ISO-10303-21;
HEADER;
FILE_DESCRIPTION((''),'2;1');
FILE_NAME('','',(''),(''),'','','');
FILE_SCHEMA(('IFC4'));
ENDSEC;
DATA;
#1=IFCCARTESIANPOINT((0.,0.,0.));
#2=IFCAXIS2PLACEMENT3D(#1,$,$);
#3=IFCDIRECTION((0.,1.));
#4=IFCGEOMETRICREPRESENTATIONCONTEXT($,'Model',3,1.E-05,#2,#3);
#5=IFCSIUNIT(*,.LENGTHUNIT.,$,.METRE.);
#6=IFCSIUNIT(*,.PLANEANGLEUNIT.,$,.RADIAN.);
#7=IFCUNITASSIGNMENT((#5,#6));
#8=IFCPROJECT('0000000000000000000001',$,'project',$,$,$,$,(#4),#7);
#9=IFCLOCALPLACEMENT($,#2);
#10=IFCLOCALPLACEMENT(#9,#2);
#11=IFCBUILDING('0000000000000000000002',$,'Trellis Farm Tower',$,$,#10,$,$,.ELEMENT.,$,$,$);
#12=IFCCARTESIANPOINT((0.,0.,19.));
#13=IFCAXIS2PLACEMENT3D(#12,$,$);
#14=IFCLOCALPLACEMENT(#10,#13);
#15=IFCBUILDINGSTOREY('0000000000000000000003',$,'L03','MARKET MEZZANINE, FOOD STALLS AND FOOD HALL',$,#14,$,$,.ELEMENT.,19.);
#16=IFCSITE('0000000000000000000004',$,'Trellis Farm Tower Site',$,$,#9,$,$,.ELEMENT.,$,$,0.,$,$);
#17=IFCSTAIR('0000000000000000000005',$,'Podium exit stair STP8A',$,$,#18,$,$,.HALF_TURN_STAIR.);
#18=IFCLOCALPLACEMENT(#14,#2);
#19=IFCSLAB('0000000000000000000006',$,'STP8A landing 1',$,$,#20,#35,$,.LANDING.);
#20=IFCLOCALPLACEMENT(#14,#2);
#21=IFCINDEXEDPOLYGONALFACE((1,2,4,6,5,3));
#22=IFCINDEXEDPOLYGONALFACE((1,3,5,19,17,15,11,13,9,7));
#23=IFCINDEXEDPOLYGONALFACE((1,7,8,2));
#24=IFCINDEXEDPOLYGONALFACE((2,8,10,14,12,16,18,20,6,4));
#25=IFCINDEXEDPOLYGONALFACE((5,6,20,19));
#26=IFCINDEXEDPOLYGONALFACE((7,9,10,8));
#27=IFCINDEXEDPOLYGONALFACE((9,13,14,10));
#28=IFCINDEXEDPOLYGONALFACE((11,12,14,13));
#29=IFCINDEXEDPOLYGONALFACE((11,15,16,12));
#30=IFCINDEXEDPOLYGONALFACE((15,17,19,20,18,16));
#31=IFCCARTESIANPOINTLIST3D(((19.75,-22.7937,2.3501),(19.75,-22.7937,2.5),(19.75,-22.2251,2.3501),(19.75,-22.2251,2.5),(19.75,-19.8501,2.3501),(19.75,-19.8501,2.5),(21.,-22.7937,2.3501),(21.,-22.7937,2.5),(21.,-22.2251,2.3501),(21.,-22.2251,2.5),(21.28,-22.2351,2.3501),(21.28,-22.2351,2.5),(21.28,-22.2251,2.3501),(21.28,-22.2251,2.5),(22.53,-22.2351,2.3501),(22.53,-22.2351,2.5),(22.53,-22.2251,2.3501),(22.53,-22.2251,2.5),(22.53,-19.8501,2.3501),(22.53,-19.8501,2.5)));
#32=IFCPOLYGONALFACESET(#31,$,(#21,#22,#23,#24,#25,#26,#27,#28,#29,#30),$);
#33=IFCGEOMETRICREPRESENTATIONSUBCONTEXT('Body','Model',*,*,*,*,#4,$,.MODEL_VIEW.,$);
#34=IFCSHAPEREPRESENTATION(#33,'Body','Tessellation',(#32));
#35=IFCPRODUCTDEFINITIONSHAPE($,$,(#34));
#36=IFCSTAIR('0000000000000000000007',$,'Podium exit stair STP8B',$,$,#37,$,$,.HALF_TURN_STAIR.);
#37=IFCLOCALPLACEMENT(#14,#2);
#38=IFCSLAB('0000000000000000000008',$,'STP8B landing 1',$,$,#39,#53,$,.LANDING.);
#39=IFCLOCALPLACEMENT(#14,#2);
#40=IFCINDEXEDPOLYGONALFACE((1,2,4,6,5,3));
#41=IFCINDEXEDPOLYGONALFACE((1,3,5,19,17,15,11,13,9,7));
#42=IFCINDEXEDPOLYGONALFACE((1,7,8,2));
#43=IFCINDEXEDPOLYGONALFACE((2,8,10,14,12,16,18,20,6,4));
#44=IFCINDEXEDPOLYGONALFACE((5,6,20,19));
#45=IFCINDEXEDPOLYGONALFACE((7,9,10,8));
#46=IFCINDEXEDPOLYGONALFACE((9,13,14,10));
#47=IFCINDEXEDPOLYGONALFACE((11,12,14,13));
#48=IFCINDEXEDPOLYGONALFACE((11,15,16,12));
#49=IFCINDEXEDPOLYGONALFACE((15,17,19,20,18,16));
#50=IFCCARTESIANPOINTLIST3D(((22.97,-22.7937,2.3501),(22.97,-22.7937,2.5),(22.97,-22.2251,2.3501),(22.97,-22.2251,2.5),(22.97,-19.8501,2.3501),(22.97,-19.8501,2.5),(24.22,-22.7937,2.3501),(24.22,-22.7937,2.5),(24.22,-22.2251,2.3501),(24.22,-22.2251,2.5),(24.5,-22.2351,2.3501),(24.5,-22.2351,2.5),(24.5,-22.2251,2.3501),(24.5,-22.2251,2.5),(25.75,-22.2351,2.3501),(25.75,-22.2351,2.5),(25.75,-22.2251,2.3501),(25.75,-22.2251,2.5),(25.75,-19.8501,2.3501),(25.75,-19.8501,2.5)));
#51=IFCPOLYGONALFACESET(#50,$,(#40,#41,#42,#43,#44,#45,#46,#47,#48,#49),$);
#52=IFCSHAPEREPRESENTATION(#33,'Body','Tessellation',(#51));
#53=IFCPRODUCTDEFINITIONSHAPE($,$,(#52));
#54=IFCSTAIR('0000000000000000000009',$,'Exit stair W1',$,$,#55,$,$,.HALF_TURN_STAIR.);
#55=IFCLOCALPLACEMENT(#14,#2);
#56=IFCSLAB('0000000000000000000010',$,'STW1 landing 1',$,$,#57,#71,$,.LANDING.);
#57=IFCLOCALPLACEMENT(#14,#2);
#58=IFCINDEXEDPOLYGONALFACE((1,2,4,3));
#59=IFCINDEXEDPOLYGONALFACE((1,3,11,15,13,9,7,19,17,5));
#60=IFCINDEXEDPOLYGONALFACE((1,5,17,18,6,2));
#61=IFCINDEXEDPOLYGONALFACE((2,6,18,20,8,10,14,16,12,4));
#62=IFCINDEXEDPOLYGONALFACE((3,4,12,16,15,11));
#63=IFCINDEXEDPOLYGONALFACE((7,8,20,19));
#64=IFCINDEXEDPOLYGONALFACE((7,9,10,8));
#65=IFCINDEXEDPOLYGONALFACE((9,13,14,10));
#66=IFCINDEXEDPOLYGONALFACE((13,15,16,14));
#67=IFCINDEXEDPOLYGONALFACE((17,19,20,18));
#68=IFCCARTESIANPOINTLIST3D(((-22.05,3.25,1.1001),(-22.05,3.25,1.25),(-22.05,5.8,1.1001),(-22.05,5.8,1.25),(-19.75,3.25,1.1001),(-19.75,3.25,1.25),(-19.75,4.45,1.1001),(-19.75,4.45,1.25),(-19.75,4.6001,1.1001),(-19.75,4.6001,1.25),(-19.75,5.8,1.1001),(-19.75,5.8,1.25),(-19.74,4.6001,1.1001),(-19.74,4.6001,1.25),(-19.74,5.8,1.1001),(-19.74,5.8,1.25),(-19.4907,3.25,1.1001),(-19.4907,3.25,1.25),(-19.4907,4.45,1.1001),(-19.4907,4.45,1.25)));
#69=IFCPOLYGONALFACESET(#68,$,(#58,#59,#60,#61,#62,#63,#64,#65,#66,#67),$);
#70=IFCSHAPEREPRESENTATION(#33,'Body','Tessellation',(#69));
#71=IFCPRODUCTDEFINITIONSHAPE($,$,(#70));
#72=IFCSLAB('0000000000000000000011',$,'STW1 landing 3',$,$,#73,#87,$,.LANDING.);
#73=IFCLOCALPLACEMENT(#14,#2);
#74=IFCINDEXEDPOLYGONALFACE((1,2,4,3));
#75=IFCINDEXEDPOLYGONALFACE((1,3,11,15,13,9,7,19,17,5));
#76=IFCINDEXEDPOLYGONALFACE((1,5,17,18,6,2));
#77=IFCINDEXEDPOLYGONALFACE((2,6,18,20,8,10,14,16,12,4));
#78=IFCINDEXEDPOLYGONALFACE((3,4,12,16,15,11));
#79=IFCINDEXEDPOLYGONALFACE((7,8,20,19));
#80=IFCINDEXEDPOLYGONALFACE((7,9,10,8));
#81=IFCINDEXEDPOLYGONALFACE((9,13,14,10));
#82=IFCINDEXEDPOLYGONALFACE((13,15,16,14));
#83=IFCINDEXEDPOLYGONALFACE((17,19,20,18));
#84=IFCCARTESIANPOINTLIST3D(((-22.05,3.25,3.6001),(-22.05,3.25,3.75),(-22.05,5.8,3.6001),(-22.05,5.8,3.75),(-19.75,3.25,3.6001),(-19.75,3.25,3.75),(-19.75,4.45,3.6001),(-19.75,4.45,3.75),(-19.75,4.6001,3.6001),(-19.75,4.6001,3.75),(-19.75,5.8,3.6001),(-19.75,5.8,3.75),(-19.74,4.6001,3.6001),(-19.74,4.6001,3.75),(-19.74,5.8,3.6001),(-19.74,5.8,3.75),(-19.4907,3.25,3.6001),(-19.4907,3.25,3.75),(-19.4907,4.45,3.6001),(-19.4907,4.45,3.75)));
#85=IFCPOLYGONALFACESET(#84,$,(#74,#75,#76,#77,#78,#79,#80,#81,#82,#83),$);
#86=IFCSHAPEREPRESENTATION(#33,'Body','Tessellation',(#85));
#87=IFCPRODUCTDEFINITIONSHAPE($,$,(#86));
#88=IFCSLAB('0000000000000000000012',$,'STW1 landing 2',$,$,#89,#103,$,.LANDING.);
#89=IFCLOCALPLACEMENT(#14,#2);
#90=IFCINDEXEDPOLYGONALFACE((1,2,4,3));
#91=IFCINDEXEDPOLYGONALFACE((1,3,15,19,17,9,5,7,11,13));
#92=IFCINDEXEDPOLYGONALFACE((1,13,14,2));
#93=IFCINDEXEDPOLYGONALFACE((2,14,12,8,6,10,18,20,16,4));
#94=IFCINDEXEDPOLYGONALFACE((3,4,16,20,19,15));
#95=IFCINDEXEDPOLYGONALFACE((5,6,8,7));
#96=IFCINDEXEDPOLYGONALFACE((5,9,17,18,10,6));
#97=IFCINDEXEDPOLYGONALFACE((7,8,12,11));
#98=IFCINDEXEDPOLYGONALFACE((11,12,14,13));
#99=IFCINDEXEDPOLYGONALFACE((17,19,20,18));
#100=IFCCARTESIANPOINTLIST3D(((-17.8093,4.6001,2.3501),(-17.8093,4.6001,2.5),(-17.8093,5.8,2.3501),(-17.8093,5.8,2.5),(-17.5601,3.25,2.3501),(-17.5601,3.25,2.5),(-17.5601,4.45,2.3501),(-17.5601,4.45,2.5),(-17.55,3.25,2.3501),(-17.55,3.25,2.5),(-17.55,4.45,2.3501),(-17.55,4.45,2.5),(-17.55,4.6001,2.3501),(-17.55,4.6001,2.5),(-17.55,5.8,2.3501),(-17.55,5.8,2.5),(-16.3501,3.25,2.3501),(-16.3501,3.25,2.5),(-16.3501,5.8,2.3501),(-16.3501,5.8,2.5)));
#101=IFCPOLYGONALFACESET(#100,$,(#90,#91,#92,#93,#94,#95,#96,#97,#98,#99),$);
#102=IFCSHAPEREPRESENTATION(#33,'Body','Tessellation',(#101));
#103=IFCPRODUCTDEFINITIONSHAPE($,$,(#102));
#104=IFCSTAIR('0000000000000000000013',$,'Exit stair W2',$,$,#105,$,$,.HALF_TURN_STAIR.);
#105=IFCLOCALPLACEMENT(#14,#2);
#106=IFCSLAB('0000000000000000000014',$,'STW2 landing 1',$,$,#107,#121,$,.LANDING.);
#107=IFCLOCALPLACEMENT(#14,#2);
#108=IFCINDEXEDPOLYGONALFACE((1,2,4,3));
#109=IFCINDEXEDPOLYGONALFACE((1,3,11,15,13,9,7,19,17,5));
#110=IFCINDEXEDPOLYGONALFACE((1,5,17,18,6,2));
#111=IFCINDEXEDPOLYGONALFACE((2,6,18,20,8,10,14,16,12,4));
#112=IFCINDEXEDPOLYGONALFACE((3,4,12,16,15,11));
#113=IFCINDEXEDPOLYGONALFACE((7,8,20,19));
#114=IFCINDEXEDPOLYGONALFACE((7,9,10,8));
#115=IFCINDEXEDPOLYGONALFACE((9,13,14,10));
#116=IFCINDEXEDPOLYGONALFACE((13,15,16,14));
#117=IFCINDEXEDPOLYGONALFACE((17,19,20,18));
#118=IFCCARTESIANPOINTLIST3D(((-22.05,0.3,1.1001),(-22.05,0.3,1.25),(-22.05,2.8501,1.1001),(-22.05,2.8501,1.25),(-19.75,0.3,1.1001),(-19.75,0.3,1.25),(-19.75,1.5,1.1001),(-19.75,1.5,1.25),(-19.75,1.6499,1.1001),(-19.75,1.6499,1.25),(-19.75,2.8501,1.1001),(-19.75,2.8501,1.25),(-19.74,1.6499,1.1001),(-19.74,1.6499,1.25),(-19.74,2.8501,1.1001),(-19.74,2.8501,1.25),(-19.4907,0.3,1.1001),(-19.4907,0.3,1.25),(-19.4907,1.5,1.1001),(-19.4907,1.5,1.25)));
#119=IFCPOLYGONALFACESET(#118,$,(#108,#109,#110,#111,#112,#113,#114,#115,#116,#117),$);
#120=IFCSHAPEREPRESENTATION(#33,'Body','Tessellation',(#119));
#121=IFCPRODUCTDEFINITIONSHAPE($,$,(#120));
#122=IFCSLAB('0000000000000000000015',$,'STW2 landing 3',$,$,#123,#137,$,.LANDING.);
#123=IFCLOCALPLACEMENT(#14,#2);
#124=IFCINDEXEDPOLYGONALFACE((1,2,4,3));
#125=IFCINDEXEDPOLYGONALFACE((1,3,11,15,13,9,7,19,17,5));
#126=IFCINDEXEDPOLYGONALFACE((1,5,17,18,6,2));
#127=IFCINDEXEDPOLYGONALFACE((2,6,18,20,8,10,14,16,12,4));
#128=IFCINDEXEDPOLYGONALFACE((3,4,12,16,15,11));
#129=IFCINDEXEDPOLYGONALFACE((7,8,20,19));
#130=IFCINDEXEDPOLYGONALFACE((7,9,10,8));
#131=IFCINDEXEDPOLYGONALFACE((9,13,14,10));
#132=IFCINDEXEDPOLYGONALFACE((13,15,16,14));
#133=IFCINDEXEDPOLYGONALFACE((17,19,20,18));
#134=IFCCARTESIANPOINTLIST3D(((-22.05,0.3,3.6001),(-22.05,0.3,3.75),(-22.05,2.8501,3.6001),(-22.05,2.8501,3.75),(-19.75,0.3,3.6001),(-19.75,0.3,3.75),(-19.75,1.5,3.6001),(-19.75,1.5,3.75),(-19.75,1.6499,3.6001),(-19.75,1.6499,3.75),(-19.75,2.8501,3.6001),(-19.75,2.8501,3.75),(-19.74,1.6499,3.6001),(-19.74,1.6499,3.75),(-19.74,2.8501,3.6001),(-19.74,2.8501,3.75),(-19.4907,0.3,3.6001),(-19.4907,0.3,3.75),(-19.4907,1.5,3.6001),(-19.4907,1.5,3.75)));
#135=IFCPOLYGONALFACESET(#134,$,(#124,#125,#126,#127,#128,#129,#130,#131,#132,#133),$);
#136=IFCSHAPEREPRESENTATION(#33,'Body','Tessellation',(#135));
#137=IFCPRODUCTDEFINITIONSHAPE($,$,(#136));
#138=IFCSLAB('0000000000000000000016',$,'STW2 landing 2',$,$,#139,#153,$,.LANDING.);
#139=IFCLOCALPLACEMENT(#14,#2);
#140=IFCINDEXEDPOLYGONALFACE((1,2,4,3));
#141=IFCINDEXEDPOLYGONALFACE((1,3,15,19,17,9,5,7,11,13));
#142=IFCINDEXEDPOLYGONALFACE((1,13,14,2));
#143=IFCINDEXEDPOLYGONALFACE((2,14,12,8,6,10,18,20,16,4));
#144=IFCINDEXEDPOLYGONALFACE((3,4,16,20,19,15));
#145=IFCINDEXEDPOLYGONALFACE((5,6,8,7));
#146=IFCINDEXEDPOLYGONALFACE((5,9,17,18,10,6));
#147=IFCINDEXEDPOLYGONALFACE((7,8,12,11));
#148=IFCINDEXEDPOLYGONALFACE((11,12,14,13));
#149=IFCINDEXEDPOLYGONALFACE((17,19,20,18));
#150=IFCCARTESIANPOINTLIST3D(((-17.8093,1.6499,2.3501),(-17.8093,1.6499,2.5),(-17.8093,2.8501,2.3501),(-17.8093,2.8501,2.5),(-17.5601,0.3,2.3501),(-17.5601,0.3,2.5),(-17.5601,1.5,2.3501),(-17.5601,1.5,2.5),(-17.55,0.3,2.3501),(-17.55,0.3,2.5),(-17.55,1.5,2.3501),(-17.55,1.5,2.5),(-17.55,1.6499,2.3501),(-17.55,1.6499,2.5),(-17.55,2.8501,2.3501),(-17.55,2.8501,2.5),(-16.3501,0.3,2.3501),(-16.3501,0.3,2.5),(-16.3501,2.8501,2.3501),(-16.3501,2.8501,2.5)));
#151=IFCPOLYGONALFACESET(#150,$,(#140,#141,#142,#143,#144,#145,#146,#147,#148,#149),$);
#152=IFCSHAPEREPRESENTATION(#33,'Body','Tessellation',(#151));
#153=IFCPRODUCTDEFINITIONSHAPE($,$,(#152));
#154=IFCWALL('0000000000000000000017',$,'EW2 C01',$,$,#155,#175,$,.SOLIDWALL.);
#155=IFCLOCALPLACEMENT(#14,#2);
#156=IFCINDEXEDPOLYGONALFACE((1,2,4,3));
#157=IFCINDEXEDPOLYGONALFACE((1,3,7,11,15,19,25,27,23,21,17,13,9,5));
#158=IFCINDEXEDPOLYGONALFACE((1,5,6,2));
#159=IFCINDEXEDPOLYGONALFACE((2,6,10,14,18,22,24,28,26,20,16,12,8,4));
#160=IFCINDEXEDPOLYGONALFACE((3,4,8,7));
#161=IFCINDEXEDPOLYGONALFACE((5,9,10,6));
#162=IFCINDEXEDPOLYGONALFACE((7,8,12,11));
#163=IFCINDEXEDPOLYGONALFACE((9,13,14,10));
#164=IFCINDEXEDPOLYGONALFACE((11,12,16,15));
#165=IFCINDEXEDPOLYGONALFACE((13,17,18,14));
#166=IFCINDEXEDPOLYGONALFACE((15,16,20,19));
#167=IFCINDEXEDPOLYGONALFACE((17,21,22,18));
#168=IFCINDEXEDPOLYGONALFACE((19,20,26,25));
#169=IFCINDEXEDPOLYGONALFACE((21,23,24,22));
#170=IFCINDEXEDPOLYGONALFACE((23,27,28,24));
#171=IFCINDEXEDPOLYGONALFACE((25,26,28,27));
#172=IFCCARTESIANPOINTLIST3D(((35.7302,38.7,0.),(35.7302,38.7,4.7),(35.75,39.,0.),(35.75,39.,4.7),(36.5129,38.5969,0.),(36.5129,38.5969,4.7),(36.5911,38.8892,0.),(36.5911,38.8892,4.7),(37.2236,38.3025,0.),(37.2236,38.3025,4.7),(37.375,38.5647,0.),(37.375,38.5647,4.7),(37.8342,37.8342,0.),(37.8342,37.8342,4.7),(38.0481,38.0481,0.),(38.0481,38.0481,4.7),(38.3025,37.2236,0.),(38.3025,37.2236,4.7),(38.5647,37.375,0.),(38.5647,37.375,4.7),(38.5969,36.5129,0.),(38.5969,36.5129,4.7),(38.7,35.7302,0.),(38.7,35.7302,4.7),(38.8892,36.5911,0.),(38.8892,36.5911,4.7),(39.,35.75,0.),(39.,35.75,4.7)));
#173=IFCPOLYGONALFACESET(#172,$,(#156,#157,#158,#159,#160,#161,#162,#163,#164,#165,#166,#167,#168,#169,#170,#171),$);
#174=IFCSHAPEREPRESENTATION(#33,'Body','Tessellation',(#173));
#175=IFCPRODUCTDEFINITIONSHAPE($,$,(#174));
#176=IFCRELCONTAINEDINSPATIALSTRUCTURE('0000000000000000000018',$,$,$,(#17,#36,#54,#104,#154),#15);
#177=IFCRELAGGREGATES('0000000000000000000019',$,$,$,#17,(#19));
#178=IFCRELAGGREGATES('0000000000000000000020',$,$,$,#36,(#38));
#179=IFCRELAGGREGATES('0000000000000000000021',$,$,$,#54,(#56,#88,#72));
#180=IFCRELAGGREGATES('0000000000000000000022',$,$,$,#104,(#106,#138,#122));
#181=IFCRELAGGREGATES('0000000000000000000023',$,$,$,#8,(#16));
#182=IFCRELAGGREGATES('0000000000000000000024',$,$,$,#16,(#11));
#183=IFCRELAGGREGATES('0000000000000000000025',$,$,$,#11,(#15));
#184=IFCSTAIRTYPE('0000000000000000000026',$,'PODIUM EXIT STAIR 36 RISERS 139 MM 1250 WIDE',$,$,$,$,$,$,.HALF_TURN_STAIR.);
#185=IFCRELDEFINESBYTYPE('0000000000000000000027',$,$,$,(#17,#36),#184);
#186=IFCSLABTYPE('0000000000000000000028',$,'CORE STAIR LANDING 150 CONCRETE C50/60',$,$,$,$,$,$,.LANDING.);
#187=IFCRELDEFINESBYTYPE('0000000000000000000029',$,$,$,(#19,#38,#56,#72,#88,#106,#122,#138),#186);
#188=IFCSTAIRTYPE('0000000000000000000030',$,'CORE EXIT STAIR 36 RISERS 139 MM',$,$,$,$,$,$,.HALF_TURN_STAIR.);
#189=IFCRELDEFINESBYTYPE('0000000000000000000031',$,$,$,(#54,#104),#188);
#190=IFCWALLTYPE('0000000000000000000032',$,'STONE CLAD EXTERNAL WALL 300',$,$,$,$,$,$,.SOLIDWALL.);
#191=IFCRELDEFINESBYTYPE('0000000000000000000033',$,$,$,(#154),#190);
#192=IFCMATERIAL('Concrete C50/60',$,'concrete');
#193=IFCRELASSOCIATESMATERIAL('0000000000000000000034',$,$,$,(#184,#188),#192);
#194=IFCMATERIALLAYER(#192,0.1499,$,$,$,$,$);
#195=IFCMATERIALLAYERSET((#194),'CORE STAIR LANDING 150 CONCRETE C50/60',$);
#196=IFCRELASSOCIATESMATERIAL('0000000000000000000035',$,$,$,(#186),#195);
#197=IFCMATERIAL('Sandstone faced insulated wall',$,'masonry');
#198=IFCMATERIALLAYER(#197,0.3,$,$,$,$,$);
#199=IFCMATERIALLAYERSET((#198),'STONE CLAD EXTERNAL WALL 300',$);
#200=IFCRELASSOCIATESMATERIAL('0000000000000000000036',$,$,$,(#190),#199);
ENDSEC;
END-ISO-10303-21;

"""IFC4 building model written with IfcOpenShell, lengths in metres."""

from ifc_helpers import new_model, si_unit, direction, frame, origin, place, context, subcontext, project, spatial, polyline, outline, extrude, source, transform, mapped, material, layer, layer_set, type_object, element, aggregate, save


model = new_model("IFC4")

# Units and contexts
model_context = context("Model", 3, precision=1e-05, world=origin(), true_north=direction((0.0, 1.0)))
body_context = subcontext(model_context, "Body", "Model", "MODEL_VIEW")
ifc_project = project(units=[si_unit("LENGTHUNIT", "METRE"), si_unit("PLANEANGLEUNIT", "RADIAN")], contexts=[model_context])

# Site, building, storey
site_placement = place(None, origin())
site = spatial("IfcSite", under=ifc_project, at=site_placement, Name="Trellis Farm Tower Site", CompositionType="ELEMENT", RefElevation=0.0)
building_placement = place(site_placement, origin())
building = spatial("IfcBuilding", under=site, at=building_placement, Name="Trellis Farm Tower", CompositionType="ELEMENT")
storey_placement = place(building_placement, frame((0.0, 0.0, 19.0)))
storey = spatial("IfcBuildingStorey", under=building, at=storey_placement, Name="L03", Description="MARKET MEZZANINE, FOOD STALLS AND FOOD HALL", CompositionType="ELEMENT", Elevation=19.0)

# Stairs, slabs
ifc_material_1 = material(Name="Concrete C50/60", Category="concrete")
stair_type_1 = type_object("IfcStairType", Name="PODIUM EXIT STAIR 36 RISERS 139 MM 1250 WIDE", PredefinedType="HALF_TURN_STAIR", material=ifc_material_1)
placement_1 = place(storey_placement, origin())
stair_1 = element("IfcStair", 1, at=placement_1, inside=storey, type_object=stair_type_1, Name="Podium exit stair STP8A", PredefinedType="HALF_TURN_STAIR")
ifc_layer_1 = layer(ifc_material_1, 0.1499)
ifc_layer_set_1 = layer_set([ifc_layer_1], Name="CORE STAIR LANDING 150 CONCRETE C50/60")
slab_type = type_object("IfcSlabType", Name="CORE STAIR LANDING 150 CONCRETE C50/60", PredefinedType="LANDING", material=ifc_layer_set_1)
shared_shape_1 = source(origin(), body_context, "Body", "SweptSolid", [
    extrude(outline(polyline([(21.0, -22.7937), (19.75, -22.7937), (19.75, -22.2251), (19.75, -19.8501), (22.53, -19.8501), (22.53, -22.2251), (22.53, -22.2351), (21.28, -22.2351), (21.28, -22.2251), (21.0, -22.2251), (21.0, -22.7937)])), origin(), (0.0, 0.0, 1.0), 0.1499),
])
placement_2 = place(storey_placement, frame((0.0, 0.0, 2.3501)))
slab_1 = element("IfcSlab", 2, at=placement_2, type_object=slab_type, Name="STP8A landing 1", PredefinedType="LANDING", context=body_context, shape_type="MappedRepresentation", body=[
    mapped(shared_shape_1, transform((0.0, 0.0, 0.0))),
])
aggregate(stair_1, [slab_1])
stair_2 = element("IfcStair", 3, at=placement_1, inside=storey, type_object=stair_type_1, Name="Podium exit stair STP8B", PredefinedType="HALF_TURN_STAIR")
shared_shape_2 = source(origin(), body_context, "Body", "SweptSolid", [
    extrude(outline(polyline([(24.22, -22.7937), (22.97, -22.7937), (22.97, -22.2251), (22.97, -19.8501), (25.75, -19.8501), (25.75, -22.2251), (25.75, -22.2351), (24.5, -22.2351), (24.5, -22.2251), (24.22, -22.2251), (24.22, -22.7937)])), origin(), (0.0, 0.0, 1.0), 0.1499),
])
slab_2 = element("IfcSlab", 4, at=placement_2, type_object=slab_type, Name="STP8B landing 1", PredefinedType="LANDING", context=body_context, shape_type="MappedRepresentation", body=[
    mapped(shared_shape_2, transform((0.0, 0.0, 0.0))),
])
aggregate(stair_2, [slab_2])

# Stairs, slabs
stair_type_2 = type_object("IfcStairType", Name="CORE EXIT STAIR 36 RISERS 139 MM", PredefinedType="HALF_TURN_STAIR", material=ifc_material_1)
stair_3 = element("IfcStair", 5, at=placement_1, inside=storey, type_object=stair_type_2, Name="Exit stair W1", PredefinedType="HALF_TURN_STAIR")
shared_shape_3 = source(origin(), body_context, "Body", "SweptSolid", [
    extrude(outline(polyline([(-19.4907, 4.45), (-19.4907, 3.25), (-19.75, 3.25), (-22.05, 3.25), (-22.05, 5.8), (-19.75, 5.8), (-19.74, 5.8), (-19.74, 4.6001), (-19.75, 4.6001), (-19.75, 4.45), (-19.4907, 4.45)])), origin(), (0.0, 0.0, 1.0), 0.1499),
])
placement_3 = place(storey_placement, frame((0.0, 0.0, 1.1001)))
slab_3 = element("IfcSlab", 6, at=placement_3, type_object=slab_type, Name="STW1 landing 1", PredefinedType="LANDING", context=body_context, shape_type="MappedRepresentation", body=[
    mapped(shared_shape_3, transform((0.0, 0.0, 0.0))),
])
placement_4 = place(storey_placement, frame((0.0, 0.0, 3.6001)))
slab_4 = element("IfcSlab", 7, at=placement_4, type_object=slab_type, Name="STW1 landing 3", PredefinedType="LANDING", context=body_context, shape_type="MappedRepresentation", body=[
    mapped(shared_shape_3, transform((0.0, 0.0, 0.0))),
])
shared_shape_4 = source(origin(), body_context, "Body", "SweptSolid", [
    extrude(outline(polyline([(-17.5601, 3.25), (-17.5601, 4.45), (-17.55, 4.45), (-17.55, 4.6001), (-17.8093, 4.6001), (-17.8093, 5.8), (-17.55, 5.8), (-16.3501, 5.8), (-16.3501, 3.25), (-17.55, 3.25), (-17.5601, 3.25)])), origin(), (0.0, 0.0, 1.0), 0.1499),
])
slab_5 = element("IfcSlab", 8, at=placement_2, type_object=slab_type, Name="STW1 landing 2", PredefinedType="LANDING", context=body_context, shape_type="MappedRepresentation", body=[
    mapped(shared_shape_4, transform((0.0, 0.0, 0.0))),
])
aggregate(stair_3, [slab_3, slab_5, slab_4])
stair_4 = element("IfcStair", 9, at=placement_1, inside=storey, type_object=stair_type_2, Name="Exit stair W2", PredefinedType="HALF_TURN_STAIR")
shared_shape_5 = source(origin(), body_context, "Body", "SweptSolid", [
    extrude(outline(polyline([(-19.4907, 1.5), (-19.4907, 0.3), (-19.75, 0.3), (-22.05, 0.3), (-22.05, 2.8501), (-19.75, 2.8501), (-19.74, 2.8501), (-19.74, 1.6499), (-19.75, 1.6499), (-19.75, 1.5), (-19.4907, 1.5)])), origin(), (0.0, 0.0, 1.0), 0.1499),
])
slab_6 = element("IfcSlab", 10, at=placement_3, type_object=slab_type, Name="STW2 landing 1", PredefinedType="LANDING", context=body_context, shape_type="MappedRepresentation", body=[
    mapped(shared_shape_5, transform((0.0, 0.0, 0.0))),
])
slab_7 = element("IfcSlab", 11, at=placement_4, type_object=slab_type, Name="STW2 landing 3", PredefinedType="LANDING", context=body_context, shape_type="MappedRepresentation", body=[
    mapped(shared_shape_5, transform((0.0, 0.0, 0.0))),
])
shared_shape_6 = source(origin(), body_context, "Body", "SweptSolid", [
    extrude(outline(polyline([(-17.5601, 0.3), (-17.5601, 1.5), (-17.55, 1.5), (-17.55, 1.6499), (-17.8093, 1.6499), (-17.8093, 2.8501), (-17.55, 2.8501), (-16.3501, 2.8501), (-16.3501, 0.3), (-17.55, 0.3), (-17.5601, 0.3)])), origin(), (0.0, 0.0, 1.0), 0.1499),
])
slab_8 = element("IfcSlab", 12, at=placement_2, type_object=slab_type, Name="STW2 landing 2", PredefinedType="LANDING", context=body_context, shape_type="MappedRepresentation", body=[
    mapped(shared_shape_6, transform((0.0, 0.0, 0.0))),
])
aggregate(stair_4, [slab_6, slab_8, slab_7])

# Wall
ifc_material_2 = material(Name="Sandstone faced insulated wall", Category="masonry")
ifc_layer_2 = layer(ifc_material_2, 0.3)
ifc_layer_set_2 = layer_set([ifc_layer_2], Name="STONE CLAD EXTERNAL WALL 300")
wall_type = type_object("IfcWallType", Name="STONE CLAD EXTERNAL WALL 300", PredefinedType="SOLIDWALL", material=ifc_layer_set_2)
shared_shape_7 = source(origin(), body_context, "Body", "SweptSolid", [
    extrude(outline(polyline([(39.0, 35.75), (38.8892, 36.5911), (38.5647, 37.375), (38.0481, 38.0481), (37.375, 38.5647), (36.5911, 38.8892), (35.75, 39.0), (35.7302, 38.7), (36.5129, 38.5969), (37.2236, 38.3025), (37.8342, 37.8342), (38.3025, 37.2236), (38.5969, 36.5129), (38.7, 35.7302), (39.0, 35.75)])), origin(), (0.0, 0.0, 1.0), 4.7),
])
element("IfcWall", 13, at=placement_1, inside=storey, type_object=wall_type, Name="EW2 C01", PredefinedType="SOLIDWALL", context=body_context, shape_type="MappedRepresentation", body=[
    mapped(shared_shape_7, transform((0.0, 0.0, 0.0))),
])

save(model, "model.ifc")
